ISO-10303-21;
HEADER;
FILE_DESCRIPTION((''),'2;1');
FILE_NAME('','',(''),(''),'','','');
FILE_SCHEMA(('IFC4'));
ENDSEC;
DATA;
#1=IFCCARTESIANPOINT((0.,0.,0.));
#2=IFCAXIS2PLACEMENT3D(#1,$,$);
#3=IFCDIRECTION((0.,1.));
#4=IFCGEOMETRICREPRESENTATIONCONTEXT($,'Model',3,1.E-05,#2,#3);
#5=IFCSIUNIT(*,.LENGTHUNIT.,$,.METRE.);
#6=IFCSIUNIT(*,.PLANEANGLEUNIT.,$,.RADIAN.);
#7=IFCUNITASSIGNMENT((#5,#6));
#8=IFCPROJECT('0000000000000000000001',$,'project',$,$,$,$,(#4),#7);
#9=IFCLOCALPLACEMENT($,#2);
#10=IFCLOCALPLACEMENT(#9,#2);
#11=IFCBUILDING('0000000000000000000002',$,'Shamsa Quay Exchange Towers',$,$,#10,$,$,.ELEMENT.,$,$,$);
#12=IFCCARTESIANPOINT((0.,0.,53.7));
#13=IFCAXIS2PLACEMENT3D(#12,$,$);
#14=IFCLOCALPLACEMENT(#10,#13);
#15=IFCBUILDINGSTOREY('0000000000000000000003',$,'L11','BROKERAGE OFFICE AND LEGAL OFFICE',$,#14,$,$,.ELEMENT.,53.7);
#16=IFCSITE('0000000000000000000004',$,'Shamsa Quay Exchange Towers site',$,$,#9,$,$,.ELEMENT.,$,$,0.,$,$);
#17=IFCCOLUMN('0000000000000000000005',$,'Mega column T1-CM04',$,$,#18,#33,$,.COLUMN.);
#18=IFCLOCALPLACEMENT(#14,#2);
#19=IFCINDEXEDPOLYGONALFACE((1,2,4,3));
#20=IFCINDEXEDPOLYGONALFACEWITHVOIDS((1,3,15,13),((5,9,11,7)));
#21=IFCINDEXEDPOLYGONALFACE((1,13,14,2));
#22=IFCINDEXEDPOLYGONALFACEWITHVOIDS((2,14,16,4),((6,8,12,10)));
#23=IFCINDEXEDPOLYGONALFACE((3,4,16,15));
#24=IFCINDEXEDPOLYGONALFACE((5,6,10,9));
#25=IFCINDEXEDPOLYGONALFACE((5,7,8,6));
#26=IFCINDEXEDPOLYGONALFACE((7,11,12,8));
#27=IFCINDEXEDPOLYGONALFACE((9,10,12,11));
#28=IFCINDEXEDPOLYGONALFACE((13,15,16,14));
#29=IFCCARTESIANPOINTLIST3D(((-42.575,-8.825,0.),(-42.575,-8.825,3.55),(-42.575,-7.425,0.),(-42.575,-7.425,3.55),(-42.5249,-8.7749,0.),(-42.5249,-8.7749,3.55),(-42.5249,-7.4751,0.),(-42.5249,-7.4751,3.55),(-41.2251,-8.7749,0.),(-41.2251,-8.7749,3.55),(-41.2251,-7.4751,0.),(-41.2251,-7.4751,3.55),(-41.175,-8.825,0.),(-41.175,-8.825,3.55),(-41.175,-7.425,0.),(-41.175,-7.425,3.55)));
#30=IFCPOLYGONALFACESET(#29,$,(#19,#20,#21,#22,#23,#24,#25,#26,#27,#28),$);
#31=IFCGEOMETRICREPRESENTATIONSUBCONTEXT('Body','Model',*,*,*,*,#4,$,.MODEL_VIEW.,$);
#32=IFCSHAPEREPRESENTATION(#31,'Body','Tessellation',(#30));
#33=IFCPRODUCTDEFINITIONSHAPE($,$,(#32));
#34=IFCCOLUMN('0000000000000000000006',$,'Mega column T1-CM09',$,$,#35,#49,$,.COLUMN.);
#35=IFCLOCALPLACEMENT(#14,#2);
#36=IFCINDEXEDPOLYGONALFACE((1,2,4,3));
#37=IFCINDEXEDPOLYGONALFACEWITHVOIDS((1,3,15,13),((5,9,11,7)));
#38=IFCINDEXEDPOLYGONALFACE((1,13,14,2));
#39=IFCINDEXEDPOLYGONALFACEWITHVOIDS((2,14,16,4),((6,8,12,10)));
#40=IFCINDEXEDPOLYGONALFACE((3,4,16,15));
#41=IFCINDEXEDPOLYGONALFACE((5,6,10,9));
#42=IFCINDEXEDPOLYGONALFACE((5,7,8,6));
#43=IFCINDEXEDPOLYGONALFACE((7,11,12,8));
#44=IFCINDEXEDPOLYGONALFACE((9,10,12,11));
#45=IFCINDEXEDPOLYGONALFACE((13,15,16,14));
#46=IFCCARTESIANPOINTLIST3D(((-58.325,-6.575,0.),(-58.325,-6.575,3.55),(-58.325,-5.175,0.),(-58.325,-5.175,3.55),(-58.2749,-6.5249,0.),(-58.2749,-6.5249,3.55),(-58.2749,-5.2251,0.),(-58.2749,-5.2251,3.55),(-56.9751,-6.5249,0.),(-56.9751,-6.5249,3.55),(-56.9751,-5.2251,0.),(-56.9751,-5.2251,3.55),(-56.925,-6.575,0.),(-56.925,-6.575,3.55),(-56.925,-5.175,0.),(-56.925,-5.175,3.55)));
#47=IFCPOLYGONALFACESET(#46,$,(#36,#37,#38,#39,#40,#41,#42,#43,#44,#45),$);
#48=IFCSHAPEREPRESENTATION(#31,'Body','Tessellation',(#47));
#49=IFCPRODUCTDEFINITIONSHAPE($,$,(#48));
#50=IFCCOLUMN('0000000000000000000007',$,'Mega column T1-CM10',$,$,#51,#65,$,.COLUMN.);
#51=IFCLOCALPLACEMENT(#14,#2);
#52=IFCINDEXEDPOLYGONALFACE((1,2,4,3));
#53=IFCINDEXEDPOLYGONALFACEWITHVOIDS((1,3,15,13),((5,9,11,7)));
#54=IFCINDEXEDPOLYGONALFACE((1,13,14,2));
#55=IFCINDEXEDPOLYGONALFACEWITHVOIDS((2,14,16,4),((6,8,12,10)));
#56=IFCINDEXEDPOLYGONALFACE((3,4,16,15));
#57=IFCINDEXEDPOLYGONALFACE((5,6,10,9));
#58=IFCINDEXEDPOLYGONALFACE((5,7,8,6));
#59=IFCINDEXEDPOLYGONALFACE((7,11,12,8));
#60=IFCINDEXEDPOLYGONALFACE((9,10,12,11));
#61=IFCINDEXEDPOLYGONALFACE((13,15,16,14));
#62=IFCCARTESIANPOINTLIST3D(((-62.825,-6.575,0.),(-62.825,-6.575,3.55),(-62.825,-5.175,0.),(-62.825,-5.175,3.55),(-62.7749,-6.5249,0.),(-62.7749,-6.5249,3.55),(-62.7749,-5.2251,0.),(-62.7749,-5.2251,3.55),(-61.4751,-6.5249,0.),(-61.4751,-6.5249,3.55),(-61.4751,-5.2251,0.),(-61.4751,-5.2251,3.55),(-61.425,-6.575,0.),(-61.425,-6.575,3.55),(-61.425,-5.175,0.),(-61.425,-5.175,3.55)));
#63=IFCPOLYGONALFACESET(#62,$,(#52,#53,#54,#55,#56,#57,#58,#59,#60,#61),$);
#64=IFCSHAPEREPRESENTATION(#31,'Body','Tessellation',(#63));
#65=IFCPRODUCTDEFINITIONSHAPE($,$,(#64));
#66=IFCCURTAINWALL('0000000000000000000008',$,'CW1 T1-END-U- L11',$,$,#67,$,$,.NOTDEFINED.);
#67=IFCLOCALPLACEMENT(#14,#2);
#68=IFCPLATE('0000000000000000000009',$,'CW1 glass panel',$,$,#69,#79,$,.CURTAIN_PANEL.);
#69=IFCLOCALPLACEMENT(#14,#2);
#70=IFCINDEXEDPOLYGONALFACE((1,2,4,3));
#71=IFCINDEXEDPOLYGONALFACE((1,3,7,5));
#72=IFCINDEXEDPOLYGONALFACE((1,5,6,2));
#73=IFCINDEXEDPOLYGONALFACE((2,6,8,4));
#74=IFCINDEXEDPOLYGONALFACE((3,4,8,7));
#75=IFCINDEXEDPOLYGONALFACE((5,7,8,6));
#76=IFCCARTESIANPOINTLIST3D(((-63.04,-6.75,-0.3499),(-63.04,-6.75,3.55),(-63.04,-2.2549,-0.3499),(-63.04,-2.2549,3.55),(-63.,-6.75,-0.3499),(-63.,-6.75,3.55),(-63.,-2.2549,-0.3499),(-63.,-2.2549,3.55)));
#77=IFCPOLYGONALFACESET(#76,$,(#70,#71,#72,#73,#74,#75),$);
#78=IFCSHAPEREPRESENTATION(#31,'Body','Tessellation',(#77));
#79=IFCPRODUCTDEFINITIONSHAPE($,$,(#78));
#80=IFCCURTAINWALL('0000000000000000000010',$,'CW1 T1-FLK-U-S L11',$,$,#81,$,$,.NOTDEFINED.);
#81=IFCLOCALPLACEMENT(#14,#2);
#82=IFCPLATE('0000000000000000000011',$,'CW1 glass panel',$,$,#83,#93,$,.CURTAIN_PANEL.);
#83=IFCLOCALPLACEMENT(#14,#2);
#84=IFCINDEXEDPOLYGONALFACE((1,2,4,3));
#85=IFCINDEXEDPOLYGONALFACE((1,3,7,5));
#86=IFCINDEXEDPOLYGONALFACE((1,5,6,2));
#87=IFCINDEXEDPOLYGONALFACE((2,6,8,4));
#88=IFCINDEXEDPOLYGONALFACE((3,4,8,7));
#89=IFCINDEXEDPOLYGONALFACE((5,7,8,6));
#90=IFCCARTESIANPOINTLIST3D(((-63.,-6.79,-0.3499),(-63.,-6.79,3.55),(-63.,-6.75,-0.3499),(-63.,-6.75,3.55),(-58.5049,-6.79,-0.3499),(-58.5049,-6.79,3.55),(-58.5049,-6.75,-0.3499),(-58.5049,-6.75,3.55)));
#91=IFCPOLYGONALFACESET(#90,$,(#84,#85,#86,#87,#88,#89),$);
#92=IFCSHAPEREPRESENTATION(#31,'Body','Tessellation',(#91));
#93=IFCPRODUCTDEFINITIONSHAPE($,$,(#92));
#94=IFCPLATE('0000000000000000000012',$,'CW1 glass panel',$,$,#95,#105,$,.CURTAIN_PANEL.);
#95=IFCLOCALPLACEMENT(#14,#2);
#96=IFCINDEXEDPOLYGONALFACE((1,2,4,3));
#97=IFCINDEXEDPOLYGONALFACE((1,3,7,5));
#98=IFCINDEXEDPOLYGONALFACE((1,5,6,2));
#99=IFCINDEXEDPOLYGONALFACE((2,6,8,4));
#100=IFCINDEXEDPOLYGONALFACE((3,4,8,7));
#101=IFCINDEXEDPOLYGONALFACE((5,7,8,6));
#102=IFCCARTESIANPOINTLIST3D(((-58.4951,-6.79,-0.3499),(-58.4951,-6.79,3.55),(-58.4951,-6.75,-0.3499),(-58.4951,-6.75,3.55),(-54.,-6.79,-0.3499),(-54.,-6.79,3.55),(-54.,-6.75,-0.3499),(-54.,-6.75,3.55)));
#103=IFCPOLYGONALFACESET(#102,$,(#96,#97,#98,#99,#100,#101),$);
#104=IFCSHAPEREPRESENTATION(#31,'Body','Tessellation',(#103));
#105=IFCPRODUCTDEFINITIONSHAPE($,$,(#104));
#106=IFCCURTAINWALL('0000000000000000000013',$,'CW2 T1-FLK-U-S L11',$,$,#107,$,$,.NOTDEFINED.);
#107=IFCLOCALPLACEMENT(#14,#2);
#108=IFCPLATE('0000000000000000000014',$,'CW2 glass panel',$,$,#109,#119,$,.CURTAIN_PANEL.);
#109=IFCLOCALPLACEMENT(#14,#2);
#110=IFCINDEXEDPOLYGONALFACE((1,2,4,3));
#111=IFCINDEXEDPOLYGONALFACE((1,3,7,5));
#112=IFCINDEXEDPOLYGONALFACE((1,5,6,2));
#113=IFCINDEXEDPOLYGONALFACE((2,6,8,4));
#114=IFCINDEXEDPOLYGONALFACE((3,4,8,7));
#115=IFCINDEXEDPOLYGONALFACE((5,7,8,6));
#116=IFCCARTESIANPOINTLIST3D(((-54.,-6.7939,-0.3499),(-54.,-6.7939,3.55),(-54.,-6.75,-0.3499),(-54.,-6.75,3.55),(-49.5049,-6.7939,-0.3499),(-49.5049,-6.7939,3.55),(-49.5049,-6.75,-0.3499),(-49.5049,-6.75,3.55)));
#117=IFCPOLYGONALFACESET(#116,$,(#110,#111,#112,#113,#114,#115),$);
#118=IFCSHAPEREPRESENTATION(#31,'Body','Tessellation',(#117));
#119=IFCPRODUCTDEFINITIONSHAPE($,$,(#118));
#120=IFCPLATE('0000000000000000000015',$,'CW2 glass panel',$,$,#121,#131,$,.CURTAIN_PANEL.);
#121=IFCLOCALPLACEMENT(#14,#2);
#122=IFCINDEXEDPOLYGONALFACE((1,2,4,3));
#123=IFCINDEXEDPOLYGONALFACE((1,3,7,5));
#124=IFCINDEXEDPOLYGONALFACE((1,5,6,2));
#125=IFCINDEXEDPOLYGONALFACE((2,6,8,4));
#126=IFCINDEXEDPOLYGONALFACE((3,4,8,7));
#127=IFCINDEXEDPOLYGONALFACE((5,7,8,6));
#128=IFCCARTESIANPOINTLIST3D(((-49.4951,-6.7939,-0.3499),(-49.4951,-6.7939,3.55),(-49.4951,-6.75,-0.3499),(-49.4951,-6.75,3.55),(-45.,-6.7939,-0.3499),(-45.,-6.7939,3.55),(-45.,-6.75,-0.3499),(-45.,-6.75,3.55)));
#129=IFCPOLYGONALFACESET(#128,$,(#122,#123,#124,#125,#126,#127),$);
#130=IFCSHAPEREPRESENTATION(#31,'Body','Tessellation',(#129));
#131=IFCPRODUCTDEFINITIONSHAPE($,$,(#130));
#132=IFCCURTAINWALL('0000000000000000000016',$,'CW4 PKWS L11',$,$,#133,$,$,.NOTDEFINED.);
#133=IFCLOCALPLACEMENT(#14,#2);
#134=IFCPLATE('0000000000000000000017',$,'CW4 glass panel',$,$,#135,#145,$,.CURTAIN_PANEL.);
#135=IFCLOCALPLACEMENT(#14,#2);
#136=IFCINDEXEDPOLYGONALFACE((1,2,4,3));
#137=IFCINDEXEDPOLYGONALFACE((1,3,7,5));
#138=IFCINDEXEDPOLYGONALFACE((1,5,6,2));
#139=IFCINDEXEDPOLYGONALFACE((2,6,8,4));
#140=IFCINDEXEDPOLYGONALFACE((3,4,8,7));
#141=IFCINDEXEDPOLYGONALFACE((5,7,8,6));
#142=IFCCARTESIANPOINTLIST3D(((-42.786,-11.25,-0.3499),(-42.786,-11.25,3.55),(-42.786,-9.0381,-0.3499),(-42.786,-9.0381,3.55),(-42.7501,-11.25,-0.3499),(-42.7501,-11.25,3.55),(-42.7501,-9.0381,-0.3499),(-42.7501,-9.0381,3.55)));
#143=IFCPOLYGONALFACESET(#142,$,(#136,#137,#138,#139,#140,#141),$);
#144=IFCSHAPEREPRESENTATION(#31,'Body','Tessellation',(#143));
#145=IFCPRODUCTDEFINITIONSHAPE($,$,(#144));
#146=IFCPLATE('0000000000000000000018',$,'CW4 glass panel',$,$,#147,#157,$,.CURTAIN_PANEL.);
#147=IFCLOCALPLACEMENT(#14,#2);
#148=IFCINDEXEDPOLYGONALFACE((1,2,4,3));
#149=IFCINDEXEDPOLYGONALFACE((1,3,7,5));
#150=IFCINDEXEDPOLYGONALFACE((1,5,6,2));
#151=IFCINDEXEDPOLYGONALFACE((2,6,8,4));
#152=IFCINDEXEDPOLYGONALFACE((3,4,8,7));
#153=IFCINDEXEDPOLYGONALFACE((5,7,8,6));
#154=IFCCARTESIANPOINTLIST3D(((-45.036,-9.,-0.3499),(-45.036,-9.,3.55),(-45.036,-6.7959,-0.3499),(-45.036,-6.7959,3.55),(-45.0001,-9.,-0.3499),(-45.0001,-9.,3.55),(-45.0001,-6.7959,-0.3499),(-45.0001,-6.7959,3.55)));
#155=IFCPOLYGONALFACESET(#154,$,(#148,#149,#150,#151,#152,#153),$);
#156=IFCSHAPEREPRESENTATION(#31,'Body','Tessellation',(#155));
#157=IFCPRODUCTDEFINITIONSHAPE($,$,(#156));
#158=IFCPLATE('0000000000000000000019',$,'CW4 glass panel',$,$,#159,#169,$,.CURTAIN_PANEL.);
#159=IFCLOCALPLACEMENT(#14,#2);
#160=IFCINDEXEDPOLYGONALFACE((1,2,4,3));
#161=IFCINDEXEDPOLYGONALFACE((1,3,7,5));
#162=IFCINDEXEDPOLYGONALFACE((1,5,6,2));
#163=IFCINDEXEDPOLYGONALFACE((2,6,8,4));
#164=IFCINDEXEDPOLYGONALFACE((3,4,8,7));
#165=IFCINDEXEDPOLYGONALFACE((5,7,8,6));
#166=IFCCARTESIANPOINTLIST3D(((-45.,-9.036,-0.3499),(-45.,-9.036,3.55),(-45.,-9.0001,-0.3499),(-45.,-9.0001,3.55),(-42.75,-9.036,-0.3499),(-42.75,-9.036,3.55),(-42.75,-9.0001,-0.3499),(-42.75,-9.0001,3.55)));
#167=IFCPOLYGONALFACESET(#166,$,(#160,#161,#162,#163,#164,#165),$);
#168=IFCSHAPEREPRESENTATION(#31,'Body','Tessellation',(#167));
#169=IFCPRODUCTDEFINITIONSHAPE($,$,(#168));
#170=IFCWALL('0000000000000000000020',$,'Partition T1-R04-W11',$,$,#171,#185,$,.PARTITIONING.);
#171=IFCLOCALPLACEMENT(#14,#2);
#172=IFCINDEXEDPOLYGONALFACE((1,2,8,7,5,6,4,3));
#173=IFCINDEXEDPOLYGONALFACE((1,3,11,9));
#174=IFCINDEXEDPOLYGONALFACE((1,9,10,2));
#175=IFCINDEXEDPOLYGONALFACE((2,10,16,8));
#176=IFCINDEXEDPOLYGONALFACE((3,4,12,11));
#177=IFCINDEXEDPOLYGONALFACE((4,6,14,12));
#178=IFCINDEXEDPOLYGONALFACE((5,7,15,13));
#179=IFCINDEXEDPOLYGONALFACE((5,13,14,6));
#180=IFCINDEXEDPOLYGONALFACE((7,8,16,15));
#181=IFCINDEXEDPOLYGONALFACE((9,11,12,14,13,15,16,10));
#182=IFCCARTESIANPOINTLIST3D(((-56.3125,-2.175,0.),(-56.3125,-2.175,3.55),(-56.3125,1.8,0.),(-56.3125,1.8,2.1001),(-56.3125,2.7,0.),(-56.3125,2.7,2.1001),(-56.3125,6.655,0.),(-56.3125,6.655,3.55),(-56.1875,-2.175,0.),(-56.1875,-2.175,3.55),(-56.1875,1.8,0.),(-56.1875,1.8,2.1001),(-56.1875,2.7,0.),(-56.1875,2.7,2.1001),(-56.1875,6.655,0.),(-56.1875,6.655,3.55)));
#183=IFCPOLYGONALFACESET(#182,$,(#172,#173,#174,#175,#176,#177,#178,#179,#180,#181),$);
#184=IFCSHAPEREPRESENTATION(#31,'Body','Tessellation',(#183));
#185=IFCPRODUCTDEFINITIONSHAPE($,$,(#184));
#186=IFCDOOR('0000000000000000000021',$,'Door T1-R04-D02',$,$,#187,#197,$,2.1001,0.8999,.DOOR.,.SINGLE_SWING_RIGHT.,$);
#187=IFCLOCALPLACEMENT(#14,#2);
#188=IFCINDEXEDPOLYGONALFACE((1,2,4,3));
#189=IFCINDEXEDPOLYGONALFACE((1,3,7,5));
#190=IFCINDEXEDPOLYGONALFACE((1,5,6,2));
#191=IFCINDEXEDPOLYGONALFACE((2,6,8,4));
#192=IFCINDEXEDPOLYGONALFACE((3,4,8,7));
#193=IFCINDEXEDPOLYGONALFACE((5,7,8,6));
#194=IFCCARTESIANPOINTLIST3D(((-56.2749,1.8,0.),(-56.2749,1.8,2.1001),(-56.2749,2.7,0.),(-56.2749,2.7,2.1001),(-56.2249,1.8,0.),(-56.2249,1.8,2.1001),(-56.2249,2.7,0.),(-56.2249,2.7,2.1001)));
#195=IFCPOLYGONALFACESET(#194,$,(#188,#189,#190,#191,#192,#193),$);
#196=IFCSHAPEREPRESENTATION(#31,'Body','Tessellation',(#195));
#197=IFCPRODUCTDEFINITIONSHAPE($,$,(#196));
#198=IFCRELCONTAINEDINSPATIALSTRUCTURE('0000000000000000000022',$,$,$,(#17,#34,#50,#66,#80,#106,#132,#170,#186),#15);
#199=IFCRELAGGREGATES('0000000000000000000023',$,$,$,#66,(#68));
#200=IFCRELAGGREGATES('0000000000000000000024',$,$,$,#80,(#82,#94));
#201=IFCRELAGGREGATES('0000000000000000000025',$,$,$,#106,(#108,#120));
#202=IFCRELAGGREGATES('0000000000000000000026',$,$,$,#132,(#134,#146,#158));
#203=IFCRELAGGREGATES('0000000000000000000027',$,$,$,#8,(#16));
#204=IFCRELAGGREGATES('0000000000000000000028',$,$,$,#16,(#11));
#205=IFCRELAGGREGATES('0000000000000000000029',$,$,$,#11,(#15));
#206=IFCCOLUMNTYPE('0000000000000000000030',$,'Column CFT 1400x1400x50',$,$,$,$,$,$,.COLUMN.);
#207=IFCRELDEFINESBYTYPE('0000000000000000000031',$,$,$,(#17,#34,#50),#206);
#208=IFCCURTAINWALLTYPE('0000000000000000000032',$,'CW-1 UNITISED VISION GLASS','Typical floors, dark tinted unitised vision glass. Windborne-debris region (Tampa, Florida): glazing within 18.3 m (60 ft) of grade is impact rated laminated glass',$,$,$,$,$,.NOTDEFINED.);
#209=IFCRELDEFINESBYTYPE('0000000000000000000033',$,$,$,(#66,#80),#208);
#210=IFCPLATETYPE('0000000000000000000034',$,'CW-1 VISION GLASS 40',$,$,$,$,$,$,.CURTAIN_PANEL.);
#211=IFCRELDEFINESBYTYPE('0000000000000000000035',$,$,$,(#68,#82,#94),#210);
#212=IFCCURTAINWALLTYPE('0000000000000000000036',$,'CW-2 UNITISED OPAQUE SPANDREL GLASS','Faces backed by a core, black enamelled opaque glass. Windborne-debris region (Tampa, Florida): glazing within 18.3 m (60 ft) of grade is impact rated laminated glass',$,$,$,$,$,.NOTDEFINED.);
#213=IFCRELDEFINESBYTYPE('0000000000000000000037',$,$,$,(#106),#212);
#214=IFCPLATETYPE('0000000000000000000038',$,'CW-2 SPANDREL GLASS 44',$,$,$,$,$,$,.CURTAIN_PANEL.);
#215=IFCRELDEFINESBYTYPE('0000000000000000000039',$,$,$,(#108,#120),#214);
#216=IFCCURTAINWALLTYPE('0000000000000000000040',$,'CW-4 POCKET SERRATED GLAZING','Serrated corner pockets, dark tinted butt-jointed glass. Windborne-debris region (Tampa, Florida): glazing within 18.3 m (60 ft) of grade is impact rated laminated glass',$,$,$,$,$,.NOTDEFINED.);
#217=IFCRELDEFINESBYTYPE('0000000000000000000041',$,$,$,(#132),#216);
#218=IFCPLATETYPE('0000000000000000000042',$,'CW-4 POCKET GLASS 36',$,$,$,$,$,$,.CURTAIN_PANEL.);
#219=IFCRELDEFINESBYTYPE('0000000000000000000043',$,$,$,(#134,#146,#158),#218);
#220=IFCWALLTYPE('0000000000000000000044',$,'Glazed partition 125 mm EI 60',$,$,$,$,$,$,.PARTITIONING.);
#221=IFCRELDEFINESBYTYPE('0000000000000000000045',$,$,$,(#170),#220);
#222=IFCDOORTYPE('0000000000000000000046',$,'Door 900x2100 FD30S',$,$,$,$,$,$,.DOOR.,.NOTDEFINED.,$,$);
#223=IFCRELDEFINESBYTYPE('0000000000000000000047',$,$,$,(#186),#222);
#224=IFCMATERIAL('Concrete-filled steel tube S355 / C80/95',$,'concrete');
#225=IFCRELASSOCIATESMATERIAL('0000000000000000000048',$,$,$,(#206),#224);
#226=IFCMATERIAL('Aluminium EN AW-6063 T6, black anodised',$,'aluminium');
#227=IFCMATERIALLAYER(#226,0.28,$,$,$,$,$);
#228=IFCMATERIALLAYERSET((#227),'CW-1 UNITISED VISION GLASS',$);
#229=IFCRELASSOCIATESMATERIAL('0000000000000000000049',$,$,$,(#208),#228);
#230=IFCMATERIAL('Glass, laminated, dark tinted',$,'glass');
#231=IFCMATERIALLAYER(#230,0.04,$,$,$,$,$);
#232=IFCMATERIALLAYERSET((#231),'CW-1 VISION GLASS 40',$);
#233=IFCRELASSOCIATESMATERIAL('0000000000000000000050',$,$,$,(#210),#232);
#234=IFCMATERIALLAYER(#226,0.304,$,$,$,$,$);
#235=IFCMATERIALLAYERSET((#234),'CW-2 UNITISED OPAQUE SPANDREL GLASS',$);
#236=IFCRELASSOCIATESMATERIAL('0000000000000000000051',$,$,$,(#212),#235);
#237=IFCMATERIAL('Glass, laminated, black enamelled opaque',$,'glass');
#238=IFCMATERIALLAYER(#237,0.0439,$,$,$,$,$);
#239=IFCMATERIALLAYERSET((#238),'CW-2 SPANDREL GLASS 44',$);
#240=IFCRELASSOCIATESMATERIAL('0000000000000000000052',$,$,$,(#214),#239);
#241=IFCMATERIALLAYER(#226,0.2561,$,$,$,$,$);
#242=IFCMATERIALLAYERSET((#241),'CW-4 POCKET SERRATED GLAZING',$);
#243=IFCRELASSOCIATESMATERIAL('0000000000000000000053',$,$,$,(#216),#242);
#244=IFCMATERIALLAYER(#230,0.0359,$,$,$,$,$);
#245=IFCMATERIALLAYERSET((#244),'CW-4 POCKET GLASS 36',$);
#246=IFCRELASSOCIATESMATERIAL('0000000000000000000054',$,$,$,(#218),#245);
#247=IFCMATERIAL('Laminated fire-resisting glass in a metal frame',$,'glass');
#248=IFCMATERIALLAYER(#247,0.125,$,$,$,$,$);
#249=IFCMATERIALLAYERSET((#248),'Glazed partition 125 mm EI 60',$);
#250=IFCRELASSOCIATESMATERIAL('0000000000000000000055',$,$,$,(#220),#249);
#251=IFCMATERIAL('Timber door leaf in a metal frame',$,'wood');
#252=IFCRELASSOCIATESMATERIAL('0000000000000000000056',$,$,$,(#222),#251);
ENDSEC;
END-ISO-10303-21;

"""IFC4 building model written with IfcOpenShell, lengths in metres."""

from ifc_helpers import new_model, si_unit, direction, frame, frame_2d, origin, origin_2d, place, context, subcontext, project, spatial, rectangle, hollow_rectangle, extrude, material, layer, layer_set, material_profile, profile_set, type_object, element, fill, aggregate, save


model = new_model("IFC4")

# Units and contexts
model_context = context("Model", 3, precision=1e-05, world=origin(), true_north=direction((0.0, 1.0)))
body_context = subcontext(model_context, "Body", "Model", "MODEL_VIEW")
ifc_project = project(units=[si_unit("LENGTHUNIT", "METRE"), si_unit("PLANEANGLEUNIT", "RADIAN")], contexts=[model_context])

# Site, building, storey
site_placement = place(None, origin())
site = spatial("IfcSite", under=ifc_project, at=site_placement, Name="Shamsa Quay Exchange Towers site", CompositionType="ELEMENT", RefElevation=0.0)
building_placement = place(site_placement, origin())
building = spatial("IfcBuilding", under=site, at=building_placement, Name="Shamsa Quay Exchange Towers", CompositionType="ELEMENT")
storey_placement = place(building_placement, frame((0.0, 0.0, 53.7)))
storey = spatial("IfcBuildingStorey", under=building, at=storey_placement, Name="L11", Description="BROKERAGE OFFICE AND LEGAL OFFICE", CompositionType="ELEMENT", Elevation=53.7)

# Columns
ifc_material_1 = material(Name="Concrete-filled steel tube S355 / C80/95", Category="concrete")
ifc_material_profile = material_profile(ifc_material_1, hollow_rectangle(XDim=1.3999, YDim=1.3999, WallThickness=0.05, at=origin_2d()), Name="CFT 1400x1400x50")
ifc_profile_set = profile_set([ifc_material_profile], Name="Concrete-filled steel tube S355 / C80/95")
column_type = type_object("IfcColumnType", Name="Column CFT 1400x1400x50", PredefinedType="COLUMN", material=ifc_profile_set)
for number, where, name in (
    (1, (-41.875, -8.125, 0.0), "Mega column T1-CM04"),
    (2, (-57.625, -5.875, 0.0), "Mega column T1-CM09"),
    (3, (-62.125, -5.875, 0.0), "Mega column T1-CM10"),
):
    element("IfcColumn", number, at=place(storey_placement, frame(where)), inside=storey, type_object=column_type, Name=name, PredefinedType="COLUMN", context=body_context, shape_type="SweptSolid", body=[
        extrude(hollow_rectangle(XDim=1.3999, YDim=1.3999, WallThickness=0.05, at=origin_2d()), origin(), (0.0, 0.0, 1.0), 3.55),
    ])

# Curtain wall, plate
ifc_material_2 = material(Name="Aluminium EN AW-6063 T6, black anodised", Category="aluminium")
ifc_layer_1 = layer(ifc_material_2, 0.28)
ifc_layer_set_1 = layer_set([ifc_layer_1], Name="CW-1 UNITISED VISION GLASS")
curtain_wall_type_1 = type_object("IfcCurtainWallType", Name="CW-1 UNITISED VISION GLASS", Description="Typical floors, dark tinted unitised vision glass. Windborne-debris region (Tampa, Florida): glazing within 18.3 m (60 ft) of grade is impact rated laminated glass", PredefinedType="NOTDEFINED", material=ifc_layer_set_1)
curtain_wall_1_placement = place(storey_placement, origin())
curtain_wall_1 = element("IfcCurtainWall", 4, at=curtain_wall_1_placement, inside=storey, type_object=curtain_wall_type_1, Name="CW1 T1-END-U- L11", PredefinedType="NOTDEFINED")
ifc_material_3 = material(Name="Glass, laminated, dark tinted", Category="glass")
ifc_layer_2 = layer(ifc_material_3, 0.04)
ifc_layer_set_2 = layer_set([ifc_layer_2], Name="CW-1 VISION GLASS 40")
plate_type_1 = type_object("IfcPlateType", Name="CW-1 VISION GLASS 40", PredefinedType="CURTAIN_PANEL", material=ifc_layer_set_2)
plate_1_placement = place(storey_placement, frame((-63.02, -4.5024, -0.3499), z_axis=(0.0, 0.0, 1.0), x_axis=(0.0, -1.0, 0.0)))
plate_1 = element("IfcPlate", 5, at=plate_1_placement, type_object=plate_type_1, Name="CW1 glass panel", PredefinedType="CURTAIN_PANEL", context=body_context, shape_type="SweptSolid", body=[
    extrude(rectangle(XDim=4.4951, YDim=0.04, at=origin_2d()), origin(), (0.0, 0.0, 1.0), 3.8999),
])
aggregate(curtain_wall_1, [plate_1])

# Curtain walls, plates
curtain_wall_2_placement = place(storey_placement, origin())
curtain_wall_2 = element("IfcCurtainWall", 6, at=curtain_wall_2_placement, inside=storey, type_object=curtain_wall_type_1, Name="CW1 T1-FLK-U-S L11", PredefinedType="NOTDEFINED")
plate_2_placement = place(storey_placement, frame((-60.7524, -6.77, -0.3499)))
plate_2 = element("IfcPlate", 7, at=plate_2_placement, type_object=plate_type_1, Name="CW1 glass panel", PredefinedType="CURTAIN_PANEL", context=body_context, shape_type="SweptSolid", body=[
    extrude(rectangle(XDim=4.4951, YDim=0.04, at=origin_2d()), origin(), (0.0, 0.0, 1.0), 3.8999),
])
plate_3_placement = place(storey_placement, frame((-56.2476, -6.77, -0.3499)))
plate_3 = element("IfcPlate", 8, at=plate_3_placement, type_object=plate_type_1, Name="CW1 glass panel", PredefinedType="CURTAIN_PANEL", context=body_context, shape_type="SweptSolid", body=[
    extrude(rectangle(XDim=4.4951, YDim=0.04, at=origin_2d()), origin(), (0.0, 0.0, 1.0), 3.8999),
])
aggregate(curtain_wall_2, [plate_2, plate_3])
ifc_layer_3 = layer(ifc_material_2, 0.304)
ifc_layer_set_3 = layer_set([ifc_layer_3], Name="CW-2 UNITISED OPAQUE SPANDREL GLASS")
curtain_wall_type_2 = type_object("IfcCurtainWallType", Name="CW-2 UNITISED OPAQUE SPANDREL GLASS", Description="Faces backed by a core, black enamelled opaque glass. Windborne-debris region (Tampa, Florida): glazing within 18.3 m (60 ft) of grade is impact rated laminated glass", PredefinedType="NOTDEFINED", material=ifc_layer_set_3)
curtain_wall_3_placement = place(storey_placement, origin())
curtain_wall_3 = element("IfcCurtainWall", 9, at=curtain_wall_3_placement, inside=storey, type_object=curtain_wall_type_2, Name="CW2 T1-FLK-U-S L11", PredefinedType="NOTDEFINED")
ifc_material_4 = material(Name="Glass, laminated, black enamelled opaque", Category="glass")
ifc_layer_4 = layer(ifc_material_4, 0.0439)
ifc_layer_set_4 = layer_set([ifc_layer_4], Name="CW-2 SPANDREL GLASS 44")
plate_type_2 = type_object("IfcPlateType", Name="CW-2 SPANDREL GLASS 44", PredefinedType="CURTAIN_PANEL", material=ifc_layer_set_4)
plate_4_placement = place(storey_placement, frame((-51.7524, -6.772, -0.3499)))
plate_4 = element("IfcPlate", 10, at=plate_4_placement, type_object=plate_type_2, Name="CW2 glass panel", PredefinedType="CURTAIN_PANEL", context=body_context, shape_type="SweptSolid", body=[
    extrude(rectangle(XDim=4.4951, YDim=0.0439, at=origin_2d()), origin(), (0.0, 0.0, 1.0), 3.8999),
])
plate_5_placement = place(storey_placement, frame((-47.2476, -6.772, -0.3499)))
plate_5 = element("IfcPlate", 11, at=plate_5_placement, type_object=plate_type_2, Name="CW2 glass panel", PredefinedType="CURTAIN_PANEL", context=body_context, shape_type="SweptSolid", body=[
    extrude(rectangle(XDim=4.4951, YDim=0.0439, at=origin_2d()), origin(), (0.0, 0.0, 1.0), 3.8999),
])
aggregate(curtain_wall_3, [plate_4, plate_5])
ifc_layer_5 = layer(ifc_material_2, 0.2561)
ifc_layer_set_5 = layer_set([ifc_layer_5], Name="CW-4 POCKET SERRATED GLAZING")
curtain_wall_type_3 = type_object("IfcCurtainWallType", Name="CW-4 POCKET SERRATED GLAZING", Description="Serrated corner pockets, dark tinted butt-jointed glass. Windborne-debris region (Tampa, Florida): glazing within 18.3 m (60 ft) of grade is impact rated laminated glass", PredefinedType="NOTDEFINED", material=ifc_layer_set_5)
curtain_wall_4_placement = place(storey_placement, origin())
curtain_wall_4 = element("IfcCurtainWall", 12, at=curtain_wall_4_placement, inside=storey, type_object=curtain_wall_type_3, Name="CW4 PKWS L11", PredefinedType="NOTDEFINED")
ifc_layer_6 = layer(ifc_material_3, 0.0359)
ifc_layer_set_6 = layer_set([ifc_layer_6], Name="CW-4 POCKET GLASS 36")
plate_type_3 = type_object("IfcPlateType", Name="CW-4 POCKET GLASS 36", PredefinedType="CURTAIN_PANEL", material=ifc_layer_set_6)
plate_6_placement = place(storey_placement, frame((-42.7681, -10.144, -0.3499), z_axis=(0.0, 0.0, 1.0), x_axis=(0.0, -1.0, 0.0)))
plate_6 = element("IfcPlate", 13, at=plate_6_placement, type_object=plate_type_3, Name="CW4 glass panel", PredefinedType="CURTAIN_PANEL", context=body_context, shape_type="SweptSolid", body=[
    extrude(rectangle(XDim=2.2119, YDim=0.0359, at=origin_2d()), origin(), (0.0, 0.0, 1.0), 3.8999),
])
plate_7_placement = place(storey_placement, frame((-45.0181, -7.8979, -0.3499), z_axis=(0.0, 0.0, 1.0), x_axis=(0.0, -1.0, 0.0)))
plate_7 = element("IfcPlate", 14, at=plate_7_placement, type_object=plate_type_3, Name="CW4 glass panel", PredefinedType="CURTAIN_PANEL", context=body_context, shape_type="SweptSolid", body=[
    extrude(rectangle(XDim=2.2041, YDim=0.0359, at=origin_2d()), origin(), (0.0, 0.0, 1.0), 3.8999),
])
plate_8_placement = place(storey_placement, frame((-43.875, -9.0181, -0.3499)))
plate_8 = element("IfcPlate", 15, at=plate_8_placement, type_object=plate_type_3, Name="CW4 glass panel", PredefinedType="CURTAIN_PANEL", context=body_context, shape_type="SweptSolid", body=[
    extrude(rectangle(XDim=2.25, YDim=0.0359, at=origin_2d()), origin(), (0.0, 0.0, 1.0), 3.8999),
])
aggregate(curtain_wall_4, [plate_6, plate_7, plate_8])

# Wall, opening, door
ifc_material_5 = material(Name="Laminated fire-resisting glass in a metal frame", Category="glass")
ifc_layer_7 = layer(ifc_material_5, 0.125)
ifc_layer_set_7 = layer_set([ifc_layer_7], Name="Glazed partition 125 mm EI 60")
wall_type_1 = type_object("IfcWallType", Name="Glazed partition 125 mm EI 60", PredefinedType="PARTITIONING", material=ifc_layer_set_7)
wall_1_placement = place(storey_placement, frame((-56.25, -2.175, 0.0), z_axis=(0.0, 0.0, 1.0), x_axis=(0.0, 1.0, 0.0)))
wall_1 = element("IfcWall", 16, at=wall_1_placement, inside=storey, type_object=wall_type_1, Name="Partition T1-R04-W11", PredefinedType="PARTITIONING", context=body_context, shape_type="SweptSolid", body=[
    extrude(rectangle(XDim=8.8301, YDim=0.125, at=frame_2d((4.415, 0.0))), origin(), (0.0, 0.0, 1.0), 3.55),
])
opening_1_placement = place(wall_1_placement, frame((3.9751, 0.0, 0.0)))
opening_1 = element("IfcOpeningElement", 17, at=opening_1_placement, cuts=wall_1, PredefinedType="OPENING", context=body_context, shape_type="SweptSolid", body=[
    extrude(rectangle(XDim=0.8999, YDim=2.1001, at=frame_2d((0.45, 1.05))), frame((0.0, 0.0725, 0.0), z_axis=(0.0, -1.0, 0.0), x_axis=(1.0, 0.0, 0.0)), (0.0, 0.0, 1.0), 0.145),
])
ifc_material_6 = material(Name="Timber door leaf in a metal frame", Category="wood")
door_type_1 = type_object("IfcDoorType", Name="Door 900x2100 FD30S", OperationType="NOTDEFINED", PredefinedType="DOOR", material=ifc_material_6)
door_1_placement = place(opening_1_placement, origin())
door_1 = element("IfcDoor", 18, at=door_1_placement, inside=storey, type_object=door_type_1, Name="Door T1-R04-D02", OperationType="SINGLE_SWING_RIGHT", OverallHeight=2.1001, OverallWidth=0.8999, PredefinedType="DOOR", context=body_context, shape_type="SweptSolid", body=[
    extrude(rectangle(XDim=0.8999, YDim=2.1001, at=frame_2d((0.45, 1.05))), frame((0.0, 0.0249, 0.0), z_axis=(0.0, -1.0, 0.0), x_axis=(1.0, 0.0, 0.0)), (0.0, 0.0, 1.0), 0.05),
])
fill(opening_1, door_1)

save(model, "model.ifc")
